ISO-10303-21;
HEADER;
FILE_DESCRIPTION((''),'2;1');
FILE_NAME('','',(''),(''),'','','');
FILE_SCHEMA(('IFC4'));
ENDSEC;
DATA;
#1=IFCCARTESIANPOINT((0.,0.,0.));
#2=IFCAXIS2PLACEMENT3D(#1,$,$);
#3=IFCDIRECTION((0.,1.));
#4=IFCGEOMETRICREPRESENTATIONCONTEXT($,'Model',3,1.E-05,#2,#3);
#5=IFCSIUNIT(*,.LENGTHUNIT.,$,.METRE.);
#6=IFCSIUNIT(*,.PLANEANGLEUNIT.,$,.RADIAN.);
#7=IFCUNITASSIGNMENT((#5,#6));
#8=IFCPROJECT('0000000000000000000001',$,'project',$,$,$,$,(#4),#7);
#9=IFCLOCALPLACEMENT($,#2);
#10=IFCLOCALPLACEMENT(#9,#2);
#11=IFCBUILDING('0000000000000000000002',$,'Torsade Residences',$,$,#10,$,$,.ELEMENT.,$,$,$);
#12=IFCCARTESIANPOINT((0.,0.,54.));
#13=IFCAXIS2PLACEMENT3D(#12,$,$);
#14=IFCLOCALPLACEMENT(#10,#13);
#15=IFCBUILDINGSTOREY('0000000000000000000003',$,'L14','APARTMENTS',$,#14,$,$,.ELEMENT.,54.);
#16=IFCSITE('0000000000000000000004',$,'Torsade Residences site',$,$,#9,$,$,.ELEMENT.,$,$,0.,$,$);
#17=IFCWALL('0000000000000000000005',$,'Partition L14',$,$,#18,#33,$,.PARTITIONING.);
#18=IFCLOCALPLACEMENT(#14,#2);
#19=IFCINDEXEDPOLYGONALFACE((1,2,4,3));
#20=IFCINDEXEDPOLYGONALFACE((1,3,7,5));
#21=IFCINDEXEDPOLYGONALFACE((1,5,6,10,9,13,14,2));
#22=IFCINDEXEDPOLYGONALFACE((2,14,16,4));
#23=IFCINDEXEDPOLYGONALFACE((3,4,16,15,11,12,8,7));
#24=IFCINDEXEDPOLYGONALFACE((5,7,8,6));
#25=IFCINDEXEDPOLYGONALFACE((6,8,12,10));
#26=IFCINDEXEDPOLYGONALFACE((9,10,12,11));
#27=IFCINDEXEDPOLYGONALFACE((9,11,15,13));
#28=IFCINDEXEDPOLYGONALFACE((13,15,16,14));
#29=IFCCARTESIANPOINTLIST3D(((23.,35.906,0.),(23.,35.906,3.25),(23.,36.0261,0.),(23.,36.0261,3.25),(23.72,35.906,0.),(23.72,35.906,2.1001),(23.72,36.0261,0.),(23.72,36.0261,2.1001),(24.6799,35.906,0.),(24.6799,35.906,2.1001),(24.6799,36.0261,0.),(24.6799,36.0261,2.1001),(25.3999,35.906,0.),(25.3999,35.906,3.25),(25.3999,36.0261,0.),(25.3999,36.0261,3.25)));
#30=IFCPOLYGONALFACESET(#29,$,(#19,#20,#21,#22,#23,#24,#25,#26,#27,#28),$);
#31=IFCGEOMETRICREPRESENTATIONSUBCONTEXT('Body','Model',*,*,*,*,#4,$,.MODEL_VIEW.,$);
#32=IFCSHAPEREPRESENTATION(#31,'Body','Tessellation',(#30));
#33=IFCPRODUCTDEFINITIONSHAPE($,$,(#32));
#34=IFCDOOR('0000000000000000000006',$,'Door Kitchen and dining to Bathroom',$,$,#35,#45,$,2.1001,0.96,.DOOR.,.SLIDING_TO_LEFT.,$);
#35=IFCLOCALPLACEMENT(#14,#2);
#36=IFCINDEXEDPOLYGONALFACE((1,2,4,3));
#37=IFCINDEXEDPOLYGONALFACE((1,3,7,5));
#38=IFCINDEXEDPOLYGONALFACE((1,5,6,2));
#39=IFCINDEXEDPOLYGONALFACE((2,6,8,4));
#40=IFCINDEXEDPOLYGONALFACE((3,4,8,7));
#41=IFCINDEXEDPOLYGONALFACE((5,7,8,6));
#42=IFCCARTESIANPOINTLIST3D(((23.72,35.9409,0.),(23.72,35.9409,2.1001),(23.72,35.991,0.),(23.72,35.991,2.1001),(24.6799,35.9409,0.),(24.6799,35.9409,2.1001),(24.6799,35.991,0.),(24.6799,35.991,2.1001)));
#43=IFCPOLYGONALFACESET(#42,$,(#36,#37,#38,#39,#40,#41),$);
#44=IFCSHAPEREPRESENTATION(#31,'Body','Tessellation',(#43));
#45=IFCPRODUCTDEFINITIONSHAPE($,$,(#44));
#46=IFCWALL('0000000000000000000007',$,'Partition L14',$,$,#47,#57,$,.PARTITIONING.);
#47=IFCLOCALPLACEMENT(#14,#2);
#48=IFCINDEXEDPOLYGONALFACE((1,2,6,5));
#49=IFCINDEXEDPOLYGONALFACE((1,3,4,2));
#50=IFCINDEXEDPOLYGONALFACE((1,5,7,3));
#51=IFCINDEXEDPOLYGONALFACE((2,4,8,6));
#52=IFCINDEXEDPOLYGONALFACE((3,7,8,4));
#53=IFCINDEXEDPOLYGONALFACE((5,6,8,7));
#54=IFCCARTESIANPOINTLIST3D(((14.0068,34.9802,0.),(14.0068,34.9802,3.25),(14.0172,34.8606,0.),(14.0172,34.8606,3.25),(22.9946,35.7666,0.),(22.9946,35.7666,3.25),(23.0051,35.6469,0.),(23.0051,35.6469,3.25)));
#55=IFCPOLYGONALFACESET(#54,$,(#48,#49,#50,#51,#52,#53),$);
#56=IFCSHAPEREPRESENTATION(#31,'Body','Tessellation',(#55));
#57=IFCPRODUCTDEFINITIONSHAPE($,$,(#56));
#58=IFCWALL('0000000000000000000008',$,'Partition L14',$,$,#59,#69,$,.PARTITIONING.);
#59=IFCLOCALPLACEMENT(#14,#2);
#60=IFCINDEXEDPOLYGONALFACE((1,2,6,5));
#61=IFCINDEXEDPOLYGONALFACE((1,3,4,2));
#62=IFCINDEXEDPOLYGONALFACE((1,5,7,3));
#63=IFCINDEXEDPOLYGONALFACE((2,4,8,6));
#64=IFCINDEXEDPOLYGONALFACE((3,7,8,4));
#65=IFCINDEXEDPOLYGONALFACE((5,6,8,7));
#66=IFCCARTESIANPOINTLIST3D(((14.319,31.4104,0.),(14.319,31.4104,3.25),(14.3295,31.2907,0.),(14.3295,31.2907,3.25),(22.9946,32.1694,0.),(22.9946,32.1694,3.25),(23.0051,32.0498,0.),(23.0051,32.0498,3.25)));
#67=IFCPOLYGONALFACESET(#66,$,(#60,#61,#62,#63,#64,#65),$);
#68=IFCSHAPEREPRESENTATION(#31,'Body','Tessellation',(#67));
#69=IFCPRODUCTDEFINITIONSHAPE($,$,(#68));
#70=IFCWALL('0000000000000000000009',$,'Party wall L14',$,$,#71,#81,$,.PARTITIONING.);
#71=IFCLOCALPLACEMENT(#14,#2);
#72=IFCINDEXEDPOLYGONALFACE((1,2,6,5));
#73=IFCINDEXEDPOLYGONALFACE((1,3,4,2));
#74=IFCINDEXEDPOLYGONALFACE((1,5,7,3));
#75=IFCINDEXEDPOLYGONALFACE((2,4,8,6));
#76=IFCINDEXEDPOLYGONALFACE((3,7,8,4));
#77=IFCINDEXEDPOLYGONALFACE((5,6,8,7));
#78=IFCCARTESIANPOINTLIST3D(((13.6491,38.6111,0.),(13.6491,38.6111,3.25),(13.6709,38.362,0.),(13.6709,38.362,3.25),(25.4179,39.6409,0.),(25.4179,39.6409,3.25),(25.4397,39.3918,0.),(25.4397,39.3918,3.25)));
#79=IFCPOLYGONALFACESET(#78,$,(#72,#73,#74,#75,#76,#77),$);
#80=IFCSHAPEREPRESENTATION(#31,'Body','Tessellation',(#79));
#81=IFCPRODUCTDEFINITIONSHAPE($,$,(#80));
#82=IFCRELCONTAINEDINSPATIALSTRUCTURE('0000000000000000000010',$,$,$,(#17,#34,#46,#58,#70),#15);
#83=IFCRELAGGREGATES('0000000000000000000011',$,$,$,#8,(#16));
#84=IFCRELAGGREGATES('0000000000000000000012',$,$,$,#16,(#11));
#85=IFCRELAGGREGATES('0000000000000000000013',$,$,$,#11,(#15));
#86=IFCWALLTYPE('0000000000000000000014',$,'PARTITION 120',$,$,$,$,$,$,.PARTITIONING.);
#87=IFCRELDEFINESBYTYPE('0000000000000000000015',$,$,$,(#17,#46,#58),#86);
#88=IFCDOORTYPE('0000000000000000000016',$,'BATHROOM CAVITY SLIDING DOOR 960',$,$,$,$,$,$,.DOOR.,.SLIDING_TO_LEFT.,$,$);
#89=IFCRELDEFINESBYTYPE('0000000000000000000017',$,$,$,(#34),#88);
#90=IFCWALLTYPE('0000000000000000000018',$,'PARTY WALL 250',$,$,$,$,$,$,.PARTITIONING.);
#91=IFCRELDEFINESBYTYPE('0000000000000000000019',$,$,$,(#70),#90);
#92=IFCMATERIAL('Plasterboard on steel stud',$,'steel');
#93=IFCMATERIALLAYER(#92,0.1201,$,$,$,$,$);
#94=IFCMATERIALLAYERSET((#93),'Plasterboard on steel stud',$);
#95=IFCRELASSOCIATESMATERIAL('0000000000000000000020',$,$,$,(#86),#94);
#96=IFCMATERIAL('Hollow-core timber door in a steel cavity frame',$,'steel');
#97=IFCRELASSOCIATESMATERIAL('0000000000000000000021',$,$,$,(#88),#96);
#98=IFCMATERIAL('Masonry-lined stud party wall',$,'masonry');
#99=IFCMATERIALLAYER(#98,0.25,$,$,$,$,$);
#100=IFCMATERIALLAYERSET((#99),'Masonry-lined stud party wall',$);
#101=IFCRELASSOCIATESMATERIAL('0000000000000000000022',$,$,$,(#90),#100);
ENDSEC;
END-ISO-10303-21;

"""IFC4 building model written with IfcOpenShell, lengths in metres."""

from ifc_helpers import new_model, si_unit, direction, frame, frame_2d, origin, place, context, subcontext, project, spatial, rectangle, extrude, material, layer, layer_set, type_object, element, fill, save


model = new_model("IFC4")

# Units and contexts
model_context = context("Model", 3, precision=1e-05, world=origin(), true_north=direction((0.0, 1.0)))
body_context = subcontext(model_context, "Body", "Model", "MODEL_VIEW")
ifc_project = project(units=[si_unit("LENGTHUNIT", "METRE"), si_unit("PLANEANGLEUNIT", "RADIAN")], contexts=[model_context])

# Site, building, storey
site_placement = place(None, origin())
site = spatial("IfcSite", under=ifc_project, at=site_placement, Name="Torsade Residences site", CompositionType="ELEMENT", RefElevation=0.0)
building_placement = place(site_placement, origin())
building = spatial("IfcBuilding", under=site, at=building_placement, Name="Torsade Residences", CompositionType="ELEMENT")
storey_placement = place(building_placement, frame((0.0, 0.0, 54.0)))
storey = spatial("IfcBuildingStorey", under=building, at=storey_placement, Name="L14", Description="APARTMENTS", CompositionType="ELEMENT", Elevation=54.0)

# Shared definitions
ifc_material_1 = material(Name="Plasterboard on steel stud", Category="steel")
ifc_layer_1 = layer(ifc_material_1, 0.1201)
ifc_layer_set_1 = layer_set([ifc_layer_1], Name="Plasterboard on steel stud")
wall_type_1 = type_object("IfcWallType", Name="PARTITION 120", PredefinedType="PARTITIONING", material=ifc_layer_set_1)

# Wall, opening, door
wall_1_placement = place(storey_placement, frame((23.0, 35.9661, 0.0), z_axis=(0.0, 0.0, 1.0), x_axis=(1.0, 0.0, 0.0)))
wall_1 = element("IfcWall", 1, at=wall_1_placement, inside=storey, type_object=wall_type_1, Name="Partition L14", PredefinedType="PARTITIONING", context=body_context, shape_type="SweptSolid", body=[
    extrude(rectangle(XDim=2.3999, YDim=0.1201, at=frame_2d((1.2, 0.0))), origin(), (0.0, 0.0, 1.0), 3.25),
])
opening_1_placement = place(wall_1_placement, frame((0.72, 0.0, 0.0)))
opening_1 = element("IfcOpeningElement", 2, at=opening_1_placement, cuts=wall_1, PredefinedType="OPENING", context=body_context, shape_type="SweptSolid", body=[
    extrude(rectangle(XDim=0.96, YDim=2.1001, at=frame_2d((0.48, 1.05))), frame((0.0, 0.0701, 0.0), z_axis=(0.0, -1.0, 0.0), x_axis=(1.0, 0.0, 0.0)), (0.0, 0.0, 1.0), 0.1401),
])
ifc_material_2 = material(Name="Hollow-core timber door in a steel cavity frame", Category="steel")
door_type_1 = type_object("IfcDoorType", Name="BATHROOM CAVITY SLIDING DOOR 960", OperationType="SLIDING_TO_LEFT", PredefinedType="DOOR", material=ifc_material_2)
door_1_placement = place(opening_1_placement, origin())
door_1 = element("IfcDoor", 3, at=door_1_placement, inside=storey, type_object=door_type_1, Name="Door Kitchen and dining to Bathroom", OperationType="SLIDING_TO_LEFT", OverallHeight=2.1001, OverallWidth=0.96, PredefinedType="DOOR", context=body_context, shape_type="SweptSolid", body=[
    extrude(rectangle(XDim=0.96, YDim=2.1001, at=frame_2d((0.48, 1.05))), frame((0.0, 0.0249, 0.0), z_axis=(0.0, -1.0, 0.0), x_axis=(1.0, 0.0, 0.0)), (0.0, 0.0, 1.0), 0.05),
])
fill(opening_1, door_1)

# Walls
wall_2_placement = place(storey_placement, frame((23.0, 35.7068, 0.0), z_axis=(0.0, 0.0, 1.0), x_axis=(-0.996194, -0.087161, 0.0)))
element("IfcWall", 4, at=wall_2_placement, inside=storey, type_object=wall_type_1, Name="Partition L14", PredefinedType="PARTITIONING", context=body_context, shape_type="SweptSolid", body=[
    extrude(rectangle(XDim=9.0222, YDim=0.1201, at=frame_2d((4.5112, 0.0))), origin(), (0.0, 0.0, 1.0), 3.25),
])
wall_3_placement = place(storey_placement, frame((23.0, 32.1096, 0.0), z_axis=(0.0, 0.0, 1.0), x_axis=(-0.996194, -0.087158, 0.0)))
element("IfcWall", 5, at=wall_3_placement, inside=storey, type_object=wall_type_1, Name="Partition L14", PredefinedType="PARTITIONING", context=body_context, shape_type="SweptSolid", body=[
    extrude(rectangle(XDim=8.7087, YDim=0.1201, at=frame_2d((4.3545, 0.0))), origin(), (0.0, 0.0, 1.0), 3.25),
])
ifc_material_3 = material(Name="Masonry-lined stud party wall", Category="masonry")
ifc_layer_2 = layer(ifc_material_3, 0.25)
ifc_layer_set_2 = layer_set([ifc_layer_2], Name="Masonry-lined stud party wall")
wall_type_2 = type_object("IfcWallType", Name="PARTY WALL 250", PredefinedType="PARTITIONING", material=ifc_layer_set_2)
wall_4_placement = place(storey_placement, frame((13.6602, 38.4866, 0.0), z_axis=(0.0, 0.0, 1.0), x_axis=(0.996194, 0.087168, 0.0)))
element("IfcWall", 6, at=wall_4_placement, inside=storey, type_object=wall_type_2, Name="Party wall L14", PredefinedType="PARTITIONING", context=body_context, shape_type="SweptSolid", body=[
    extrude(rectangle(XDim=11.8137, YDim=0.25, at=frame_2d((5.9067, 0.0))), origin(), (0.0, 0.0, 1.0), 3.25),
])

save(model, "model.ifc")
